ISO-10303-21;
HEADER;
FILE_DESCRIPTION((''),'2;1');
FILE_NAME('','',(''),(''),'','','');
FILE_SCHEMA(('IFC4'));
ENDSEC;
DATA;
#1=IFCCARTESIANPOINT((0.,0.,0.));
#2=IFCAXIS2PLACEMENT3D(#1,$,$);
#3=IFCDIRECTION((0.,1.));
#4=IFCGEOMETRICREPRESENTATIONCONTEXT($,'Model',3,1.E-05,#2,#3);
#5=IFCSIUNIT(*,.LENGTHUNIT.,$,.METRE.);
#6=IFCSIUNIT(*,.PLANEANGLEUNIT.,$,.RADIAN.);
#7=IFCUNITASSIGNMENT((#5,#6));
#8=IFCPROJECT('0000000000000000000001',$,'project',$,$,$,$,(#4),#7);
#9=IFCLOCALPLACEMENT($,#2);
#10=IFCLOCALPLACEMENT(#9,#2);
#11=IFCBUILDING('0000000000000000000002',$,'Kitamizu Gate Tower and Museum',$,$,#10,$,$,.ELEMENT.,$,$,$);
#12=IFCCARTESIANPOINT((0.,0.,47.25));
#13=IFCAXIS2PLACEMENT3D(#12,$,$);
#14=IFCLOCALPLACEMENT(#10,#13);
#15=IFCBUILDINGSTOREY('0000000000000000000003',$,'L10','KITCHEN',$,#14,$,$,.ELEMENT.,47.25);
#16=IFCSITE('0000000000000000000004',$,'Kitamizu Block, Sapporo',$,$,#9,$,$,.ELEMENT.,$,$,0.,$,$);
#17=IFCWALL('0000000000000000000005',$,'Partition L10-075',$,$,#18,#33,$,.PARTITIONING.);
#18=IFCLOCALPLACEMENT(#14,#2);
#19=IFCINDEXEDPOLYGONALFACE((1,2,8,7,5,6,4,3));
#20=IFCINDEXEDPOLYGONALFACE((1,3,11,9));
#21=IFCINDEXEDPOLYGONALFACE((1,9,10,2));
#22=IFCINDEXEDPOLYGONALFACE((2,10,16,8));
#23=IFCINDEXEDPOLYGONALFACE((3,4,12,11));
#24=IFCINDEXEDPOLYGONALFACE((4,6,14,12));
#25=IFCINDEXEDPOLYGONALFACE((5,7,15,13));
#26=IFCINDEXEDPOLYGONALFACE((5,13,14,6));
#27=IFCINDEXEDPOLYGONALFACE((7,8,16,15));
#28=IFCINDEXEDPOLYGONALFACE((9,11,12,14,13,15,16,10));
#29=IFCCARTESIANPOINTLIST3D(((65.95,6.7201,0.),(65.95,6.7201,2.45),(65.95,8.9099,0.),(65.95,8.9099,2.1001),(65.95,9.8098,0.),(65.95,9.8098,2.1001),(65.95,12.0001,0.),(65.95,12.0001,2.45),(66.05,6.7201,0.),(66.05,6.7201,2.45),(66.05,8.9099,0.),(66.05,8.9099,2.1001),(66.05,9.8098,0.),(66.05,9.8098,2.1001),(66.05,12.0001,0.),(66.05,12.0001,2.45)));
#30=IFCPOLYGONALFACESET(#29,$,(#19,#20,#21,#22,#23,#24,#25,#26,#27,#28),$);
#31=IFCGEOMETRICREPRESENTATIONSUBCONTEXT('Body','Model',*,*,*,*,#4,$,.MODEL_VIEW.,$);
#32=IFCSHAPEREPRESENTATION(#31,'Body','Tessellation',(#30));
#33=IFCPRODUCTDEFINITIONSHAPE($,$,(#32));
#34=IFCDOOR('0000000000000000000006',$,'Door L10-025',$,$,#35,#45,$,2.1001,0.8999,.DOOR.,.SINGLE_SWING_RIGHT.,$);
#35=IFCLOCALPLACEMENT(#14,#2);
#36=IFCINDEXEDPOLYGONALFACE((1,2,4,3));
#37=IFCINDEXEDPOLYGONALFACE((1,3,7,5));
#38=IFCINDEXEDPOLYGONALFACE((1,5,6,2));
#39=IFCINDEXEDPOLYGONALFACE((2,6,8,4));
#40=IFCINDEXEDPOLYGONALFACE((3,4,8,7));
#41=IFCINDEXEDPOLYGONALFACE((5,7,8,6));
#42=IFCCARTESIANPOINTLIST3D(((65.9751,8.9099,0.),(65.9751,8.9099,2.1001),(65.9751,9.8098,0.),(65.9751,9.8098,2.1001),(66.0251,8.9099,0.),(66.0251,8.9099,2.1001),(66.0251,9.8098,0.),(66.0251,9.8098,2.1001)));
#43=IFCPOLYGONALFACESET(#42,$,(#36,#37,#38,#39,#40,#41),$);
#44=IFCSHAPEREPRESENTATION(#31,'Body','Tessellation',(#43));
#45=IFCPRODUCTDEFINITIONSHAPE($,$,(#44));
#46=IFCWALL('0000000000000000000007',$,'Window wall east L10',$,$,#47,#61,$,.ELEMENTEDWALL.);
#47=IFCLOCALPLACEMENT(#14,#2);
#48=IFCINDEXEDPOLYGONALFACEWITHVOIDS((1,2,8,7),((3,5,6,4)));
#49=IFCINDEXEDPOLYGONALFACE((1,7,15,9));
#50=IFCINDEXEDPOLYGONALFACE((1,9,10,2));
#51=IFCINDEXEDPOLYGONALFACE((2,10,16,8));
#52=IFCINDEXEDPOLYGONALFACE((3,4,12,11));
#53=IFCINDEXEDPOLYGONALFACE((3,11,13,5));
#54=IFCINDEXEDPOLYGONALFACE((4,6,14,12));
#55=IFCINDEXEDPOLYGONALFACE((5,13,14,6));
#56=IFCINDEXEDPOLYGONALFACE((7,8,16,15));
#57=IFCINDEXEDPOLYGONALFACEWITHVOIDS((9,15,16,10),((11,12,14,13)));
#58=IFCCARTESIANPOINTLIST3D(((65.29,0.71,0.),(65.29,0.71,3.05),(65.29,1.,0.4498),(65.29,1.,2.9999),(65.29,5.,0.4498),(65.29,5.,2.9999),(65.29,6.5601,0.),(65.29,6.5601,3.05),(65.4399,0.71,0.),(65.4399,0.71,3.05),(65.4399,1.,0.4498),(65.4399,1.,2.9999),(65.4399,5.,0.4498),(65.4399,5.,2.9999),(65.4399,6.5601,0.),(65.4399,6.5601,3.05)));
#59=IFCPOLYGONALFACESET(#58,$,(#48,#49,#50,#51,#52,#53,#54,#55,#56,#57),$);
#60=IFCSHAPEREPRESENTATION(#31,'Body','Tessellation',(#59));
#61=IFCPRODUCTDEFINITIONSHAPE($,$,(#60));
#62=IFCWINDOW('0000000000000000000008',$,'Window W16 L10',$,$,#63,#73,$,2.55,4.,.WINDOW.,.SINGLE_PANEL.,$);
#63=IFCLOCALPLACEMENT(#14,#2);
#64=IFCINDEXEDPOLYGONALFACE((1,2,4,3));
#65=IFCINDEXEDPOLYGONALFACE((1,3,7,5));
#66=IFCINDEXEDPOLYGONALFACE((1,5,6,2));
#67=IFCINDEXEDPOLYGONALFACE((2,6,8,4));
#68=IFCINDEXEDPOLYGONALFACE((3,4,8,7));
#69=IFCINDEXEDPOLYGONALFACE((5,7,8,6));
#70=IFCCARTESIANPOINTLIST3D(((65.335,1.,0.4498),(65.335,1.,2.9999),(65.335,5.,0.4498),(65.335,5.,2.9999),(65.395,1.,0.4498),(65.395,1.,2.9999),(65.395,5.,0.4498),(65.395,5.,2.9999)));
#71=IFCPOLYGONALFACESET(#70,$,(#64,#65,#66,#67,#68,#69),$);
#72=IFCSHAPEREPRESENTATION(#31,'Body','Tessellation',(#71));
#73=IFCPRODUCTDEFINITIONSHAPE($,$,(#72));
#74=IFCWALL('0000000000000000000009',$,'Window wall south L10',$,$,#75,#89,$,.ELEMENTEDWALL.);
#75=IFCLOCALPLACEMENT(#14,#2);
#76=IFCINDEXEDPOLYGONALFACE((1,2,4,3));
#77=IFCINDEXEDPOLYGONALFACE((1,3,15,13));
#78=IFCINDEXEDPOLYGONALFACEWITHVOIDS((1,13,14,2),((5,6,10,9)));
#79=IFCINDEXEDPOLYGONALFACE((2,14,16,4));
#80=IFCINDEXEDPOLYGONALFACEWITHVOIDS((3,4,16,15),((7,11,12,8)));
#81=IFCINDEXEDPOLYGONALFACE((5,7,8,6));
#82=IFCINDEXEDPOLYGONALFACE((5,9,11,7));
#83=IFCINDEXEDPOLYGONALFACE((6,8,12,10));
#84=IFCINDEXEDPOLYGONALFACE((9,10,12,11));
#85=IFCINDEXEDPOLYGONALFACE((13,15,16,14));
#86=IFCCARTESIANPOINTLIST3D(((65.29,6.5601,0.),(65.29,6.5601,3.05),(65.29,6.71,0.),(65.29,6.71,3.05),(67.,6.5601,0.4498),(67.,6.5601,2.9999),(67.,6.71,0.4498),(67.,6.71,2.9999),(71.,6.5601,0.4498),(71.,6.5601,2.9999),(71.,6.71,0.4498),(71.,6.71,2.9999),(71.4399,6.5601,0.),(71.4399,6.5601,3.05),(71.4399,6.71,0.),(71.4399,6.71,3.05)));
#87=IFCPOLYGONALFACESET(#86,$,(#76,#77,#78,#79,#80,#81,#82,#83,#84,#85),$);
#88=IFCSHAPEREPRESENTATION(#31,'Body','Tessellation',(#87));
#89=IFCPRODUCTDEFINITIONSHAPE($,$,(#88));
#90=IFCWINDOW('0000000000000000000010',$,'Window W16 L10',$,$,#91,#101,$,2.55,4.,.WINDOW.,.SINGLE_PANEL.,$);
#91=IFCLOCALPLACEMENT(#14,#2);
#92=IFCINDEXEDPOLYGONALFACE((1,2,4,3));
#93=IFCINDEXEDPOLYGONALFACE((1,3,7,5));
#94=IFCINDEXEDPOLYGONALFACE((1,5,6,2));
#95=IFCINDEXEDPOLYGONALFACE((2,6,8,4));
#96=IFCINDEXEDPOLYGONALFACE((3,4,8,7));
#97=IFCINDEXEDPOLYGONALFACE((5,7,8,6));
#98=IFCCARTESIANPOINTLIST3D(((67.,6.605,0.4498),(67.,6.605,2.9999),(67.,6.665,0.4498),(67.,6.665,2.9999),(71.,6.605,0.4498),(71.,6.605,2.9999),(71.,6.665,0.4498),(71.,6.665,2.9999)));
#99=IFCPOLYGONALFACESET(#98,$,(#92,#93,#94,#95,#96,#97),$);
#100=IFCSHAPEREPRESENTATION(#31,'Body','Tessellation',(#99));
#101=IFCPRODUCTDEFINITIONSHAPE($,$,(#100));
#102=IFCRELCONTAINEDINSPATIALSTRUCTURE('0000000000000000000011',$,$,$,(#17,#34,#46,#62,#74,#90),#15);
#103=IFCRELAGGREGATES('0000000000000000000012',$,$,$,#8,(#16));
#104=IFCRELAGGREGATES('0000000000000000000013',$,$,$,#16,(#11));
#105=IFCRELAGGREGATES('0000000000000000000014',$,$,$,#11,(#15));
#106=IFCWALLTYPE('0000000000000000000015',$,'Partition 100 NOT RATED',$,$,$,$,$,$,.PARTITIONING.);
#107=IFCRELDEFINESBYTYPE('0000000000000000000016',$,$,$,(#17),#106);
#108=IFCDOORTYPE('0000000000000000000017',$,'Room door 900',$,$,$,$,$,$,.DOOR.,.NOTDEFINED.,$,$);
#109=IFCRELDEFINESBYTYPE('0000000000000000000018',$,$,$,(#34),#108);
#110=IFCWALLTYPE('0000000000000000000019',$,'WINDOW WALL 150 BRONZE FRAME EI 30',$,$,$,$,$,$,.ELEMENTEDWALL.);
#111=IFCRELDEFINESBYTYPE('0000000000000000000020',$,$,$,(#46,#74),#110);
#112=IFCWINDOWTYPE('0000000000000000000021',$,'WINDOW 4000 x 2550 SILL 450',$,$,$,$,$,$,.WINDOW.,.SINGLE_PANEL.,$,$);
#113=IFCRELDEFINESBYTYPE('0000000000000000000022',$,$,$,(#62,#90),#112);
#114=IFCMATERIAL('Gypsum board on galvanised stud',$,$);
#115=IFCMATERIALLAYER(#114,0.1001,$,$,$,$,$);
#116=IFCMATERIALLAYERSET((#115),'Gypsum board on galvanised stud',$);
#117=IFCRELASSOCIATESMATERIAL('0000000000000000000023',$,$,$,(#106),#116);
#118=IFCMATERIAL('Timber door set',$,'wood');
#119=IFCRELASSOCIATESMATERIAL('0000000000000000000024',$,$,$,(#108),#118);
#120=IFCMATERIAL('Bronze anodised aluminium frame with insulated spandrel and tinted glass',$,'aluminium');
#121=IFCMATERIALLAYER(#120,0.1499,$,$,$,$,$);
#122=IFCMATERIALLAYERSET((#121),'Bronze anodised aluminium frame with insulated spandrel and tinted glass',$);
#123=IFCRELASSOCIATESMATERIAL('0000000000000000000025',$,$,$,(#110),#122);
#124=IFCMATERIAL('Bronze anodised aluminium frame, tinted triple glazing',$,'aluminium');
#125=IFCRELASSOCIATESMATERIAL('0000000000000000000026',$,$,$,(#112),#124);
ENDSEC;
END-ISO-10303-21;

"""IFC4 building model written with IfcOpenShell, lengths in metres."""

from ifc_helpers import new_model, si_unit, direction, frame, frame_2d, origin, place, context, subcontext, project, spatial, rectangle, extrude, material, layer, layer_set, type_object, element, fill, save


model = new_model("IFC4")

# Units and contexts
model_context = context("Model", 3, precision=1e-05, world=origin(), true_north=direction((0.0, 1.0)))
body_context = subcontext(model_context, "Body", "Model", "MODEL_VIEW")
ifc_project = project(units=[si_unit("LENGTHUNIT", "METRE"), si_unit("PLANEANGLEUNIT", "RADIAN")], contexts=[model_context])

# Site, building, storey
site_placement = place(None, origin())
site = spatial("IfcSite", under=ifc_project, at=site_placement, Name="Kitamizu Block, Sapporo", CompositionType="ELEMENT", RefElevation=0.0)
building_placement = place(site_placement, origin())
building = spatial("IfcBuilding", under=site, at=building_placement, Name="Kitamizu Gate Tower and Museum", CompositionType="ELEMENT")
storey_placement = place(building_placement, frame((0.0, 0.0, 47.25)))
storey = spatial("IfcBuildingStorey", under=building, at=storey_placement, Name="L10", Description="KITCHEN", CompositionType="ELEMENT", Elevation=47.25)

# Shared definitions
ifc_material_1 = material(Name="Gypsum board on galvanised stud")
ifc_layer_1 = layer(ifc_material_1, 0.1001)
ifc_layer_set_1 = layer_set([ifc_layer_1], Name="Gypsum board on galvanised stud")
wall_type_1 = type_object("IfcWallType", Name="Partition 100 NOT RATED", PredefinedType="PARTITIONING", material=ifc_layer_set_1)

# Shared definitions
ifc_material_2 = material(Name="Timber door set", Category="wood")
door_type = type_object("IfcDoorType", Name="Room door 900", OperationType="NOTDEFINED", PredefinedType="DOOR", material=ifc_material_2)

# Wall, opening, door
wall_1_placement = place(storey_placement, frame((66.0, 6.72, 0.0), z_axis=(0.0, 0.0, 1.0), x_axis=(0.0, 1.0, 0.0)))
wall_1 = element("IfcWall", 1, at=wall_1_placement, inside=storey, type_object=wall_type_1, Name="Partition L10-075", PredefinedType="PARTITIONING", context=body_context, shape_type="SweptSolid", body=[
    extrude(rectangle(XDim=5.28, YDim=0.1001, at=frame_2d((2.6401, 0.0))), origin(), (0.0, 0.0, 1.0), 2.45),
])
opening_1_placement = place(wall_1_placement, frame((2.1899, 0.0, 0.0)))
opening_1 = element("IfcOpeningElement", 2, at=opening_1_placement, cuts=wall_1, PredefinedType="OPENING", context=body_context, shape_type="SweptSolid", body=[
    extrude(rectangle(XDim=0.8999, YDim=2.1001, at=frame_2d((0.45, 1.05))), frame((0.0, 0.0601, 0.0), z_axis=(0.0, -1.0, 0.0), x_axis=(1.0, 0.0, 0.0)), (0.0, 0.0, 1.0), 0.1201),
])
door_1_placement = place(opening_1_placement, origin())
door_1 = element("IfcDoor", 3, at=door_1_placement, inside=storey, type_object=door_type, Name="Door L10-025", OperationType="SINGLE_SWING_RIGHT", OverallHeight=2.1001, OverallWidth=0.8999, PredefinedType="DOOR", context=body_context, shape_type="SweptSolid", body=[
    extrude(rectangle(XDim=0.8999, YDim=2.1001, at=frame_2d((0.45, 1.05))), frame((0.0, 0.0249, 0.0), z_axis=(0.0, -1.0, 0.0), x_axis=(1.0, 0.0, 0.0)), (0.0, 0.0, 1.0), 0.05),
])
fill(opening_1, door_1)

# Walls, openings, windows
ifc_material_3 = material(Name="Bronze anodised aluminium frame with insulated spandrel and tinted glass", Category="aluminium")
ifc_layer_2 = layer(ifc_material_3, 0.1499)
ifc_layer_set_2 = layer_set([ifc_layer_2], Name="Bronze anodised aluminium frame with insulated spandrel and tinted glass")
wall_type_2 = type_object("IfcWallType", Name="WINDOW WALL 150 BRONZE FRAME EI 30", PredefinedType="ELEMENTEDWALL", material=ifc_layer_set_2)
wall_2_placement = place(storey_placement, frame((65.365, 0.71, 0.0), z_axis=(0.0, 0.0, 1.0), x_axis=(0.0, 1.0, 0.0)))
wall_2 = element("IfcWall", 4, at=wall_2_placement, inside=storey, type_object=wall_type_2, Name="Window wall east L10", PredefinedType="ELEMENTEDWALL", context=body_context, shape_type="SweptSolid", body=[
    extrude(rectangle(XDim=5.8501, YDim=0.1499, at=frame_2d((2.925, 0.0))), origin(), (0.0, 0.0, 1.0), 3.05),
])
opening_2_placement = place(wall_2_placement, frame((0.29, 0.0, 0.45)))
opening_2 = element("IfcOpeningElement", 5, at=opening_2_placement, cuts=wall_2, PredefinedType="OPENING", context=body_context, shape_type="SweptSolid", body=[
    extrude(rectangle(XDim=4.0, YDim=2.55, at=frame_2d((2.0, 1.2749))), frame((0.0, 0.085, 0.0), z_axis=(0.0, -1.0, 0.0), x_axis=(1.0, 0.0, 0.0)), (0.0, 0.0, 1.0), 0.1699),
])
ifc_material_4 = material(Name="Bronze anodised aluminium frame, tinted triple glazing", Category="aluminium")
window_type_1 = type_object("IfcWindowType", Name="WINDOW 4000 x 2550 SILL 450", PartitioningType="SINGLE_PANEL", PredefinedType="WINDOW", material=ifc_material_4)
window_1_placement = place(opening_2_placement, origin())
window_1 = element("IfcWindow", 6, at=window_1_placement, inside=storey, type_object=window_type_1, Name="Window W16 L10", OverallHeight=2.55, OverallWidth=4.0, PartitioningType="SINGLE_PANEL", PredefinedType="WINDOW", context=body_context, shape_type="SweptSolid", body=[
    extrude(rectangle(XDim=4.0, YDim=2.55, at=frame_2d((2.0, 1.2749))), frame((0.0, 0.03, 0.0), z_axis=(0.0, -1.0, 0.0), x_axis=(1.0, 0.0, 0.0)), (0.0, 0.0, 1.0), 0.0601),
])
fill(opening_2, window_1)
wall_3_placement = place(storey_placement, frame((65.29, 6.635, 0.0), z_axis=(0.0, 0.0, 1.0), x_axis=(1.0, 0.0, 0.0)))
wall_3 = element("IfcWall", 7, at=wall_3_placement, inside=storey, type_object=wall_type_2, Name="Window wall south L10", PredefinedType="ELEMENTEDWALL", context=body_context, shape_type="SweptSolid", body=[
    extrude(rectangle(XDim=6.1499, YDim=0.1499, at=frame_2d((3.075, 0.0))), origin(), (0.0, 0.0, 1.0), 3.05),
])
opening_3_placement = place(wall_3_placement, frame((1.71, 0.0, 0.45)))
opening_3 = element("IfcOpeningElement", 8, at=opening_3_placement, cuts=wall_3, PredefinedType="OPENING", context=body_context, shape_type="SweptSolid", body=[
    extrude(rectangle(XDim=4.0, YDim=2.55, at=frame_2d((2.0, 1.2749))), frame((0.0, 0.085, 0.0), z_axis=(0.0, -1.0, 0.0), x_axis=(1.0, 0.0, 0.0)), (0.0, 0.0, 1.0), 0.1699),
])
window_2_placement = place(opening_3_placement, origin())
window_2 = element("IfcWindow", 9, at=window_2_placement, inside=storey, type_object=window_type_1, Name="Window W16 L10", OverallHeight=2.55, OverallWidth=4.0, PartitioningType="SINGLE_PANEL", PredefinedType="WINDOW", context=body_context, shape_type="SweptSolid", body=[
    extrude(rectangle(XDim=4.0, YDim=2.55, at=frame_2d((2.0, 1.2749))), frame((0.0, 0.03, 0.0), z_axis=(0.0, -1.0, 0.0), x_axis=(1.0, 0.0, 0.0)), (0.0, 0.0, 1.0), 0.0601),
])
fill(opening_3, window_2)

save(model, "model.ifc")
